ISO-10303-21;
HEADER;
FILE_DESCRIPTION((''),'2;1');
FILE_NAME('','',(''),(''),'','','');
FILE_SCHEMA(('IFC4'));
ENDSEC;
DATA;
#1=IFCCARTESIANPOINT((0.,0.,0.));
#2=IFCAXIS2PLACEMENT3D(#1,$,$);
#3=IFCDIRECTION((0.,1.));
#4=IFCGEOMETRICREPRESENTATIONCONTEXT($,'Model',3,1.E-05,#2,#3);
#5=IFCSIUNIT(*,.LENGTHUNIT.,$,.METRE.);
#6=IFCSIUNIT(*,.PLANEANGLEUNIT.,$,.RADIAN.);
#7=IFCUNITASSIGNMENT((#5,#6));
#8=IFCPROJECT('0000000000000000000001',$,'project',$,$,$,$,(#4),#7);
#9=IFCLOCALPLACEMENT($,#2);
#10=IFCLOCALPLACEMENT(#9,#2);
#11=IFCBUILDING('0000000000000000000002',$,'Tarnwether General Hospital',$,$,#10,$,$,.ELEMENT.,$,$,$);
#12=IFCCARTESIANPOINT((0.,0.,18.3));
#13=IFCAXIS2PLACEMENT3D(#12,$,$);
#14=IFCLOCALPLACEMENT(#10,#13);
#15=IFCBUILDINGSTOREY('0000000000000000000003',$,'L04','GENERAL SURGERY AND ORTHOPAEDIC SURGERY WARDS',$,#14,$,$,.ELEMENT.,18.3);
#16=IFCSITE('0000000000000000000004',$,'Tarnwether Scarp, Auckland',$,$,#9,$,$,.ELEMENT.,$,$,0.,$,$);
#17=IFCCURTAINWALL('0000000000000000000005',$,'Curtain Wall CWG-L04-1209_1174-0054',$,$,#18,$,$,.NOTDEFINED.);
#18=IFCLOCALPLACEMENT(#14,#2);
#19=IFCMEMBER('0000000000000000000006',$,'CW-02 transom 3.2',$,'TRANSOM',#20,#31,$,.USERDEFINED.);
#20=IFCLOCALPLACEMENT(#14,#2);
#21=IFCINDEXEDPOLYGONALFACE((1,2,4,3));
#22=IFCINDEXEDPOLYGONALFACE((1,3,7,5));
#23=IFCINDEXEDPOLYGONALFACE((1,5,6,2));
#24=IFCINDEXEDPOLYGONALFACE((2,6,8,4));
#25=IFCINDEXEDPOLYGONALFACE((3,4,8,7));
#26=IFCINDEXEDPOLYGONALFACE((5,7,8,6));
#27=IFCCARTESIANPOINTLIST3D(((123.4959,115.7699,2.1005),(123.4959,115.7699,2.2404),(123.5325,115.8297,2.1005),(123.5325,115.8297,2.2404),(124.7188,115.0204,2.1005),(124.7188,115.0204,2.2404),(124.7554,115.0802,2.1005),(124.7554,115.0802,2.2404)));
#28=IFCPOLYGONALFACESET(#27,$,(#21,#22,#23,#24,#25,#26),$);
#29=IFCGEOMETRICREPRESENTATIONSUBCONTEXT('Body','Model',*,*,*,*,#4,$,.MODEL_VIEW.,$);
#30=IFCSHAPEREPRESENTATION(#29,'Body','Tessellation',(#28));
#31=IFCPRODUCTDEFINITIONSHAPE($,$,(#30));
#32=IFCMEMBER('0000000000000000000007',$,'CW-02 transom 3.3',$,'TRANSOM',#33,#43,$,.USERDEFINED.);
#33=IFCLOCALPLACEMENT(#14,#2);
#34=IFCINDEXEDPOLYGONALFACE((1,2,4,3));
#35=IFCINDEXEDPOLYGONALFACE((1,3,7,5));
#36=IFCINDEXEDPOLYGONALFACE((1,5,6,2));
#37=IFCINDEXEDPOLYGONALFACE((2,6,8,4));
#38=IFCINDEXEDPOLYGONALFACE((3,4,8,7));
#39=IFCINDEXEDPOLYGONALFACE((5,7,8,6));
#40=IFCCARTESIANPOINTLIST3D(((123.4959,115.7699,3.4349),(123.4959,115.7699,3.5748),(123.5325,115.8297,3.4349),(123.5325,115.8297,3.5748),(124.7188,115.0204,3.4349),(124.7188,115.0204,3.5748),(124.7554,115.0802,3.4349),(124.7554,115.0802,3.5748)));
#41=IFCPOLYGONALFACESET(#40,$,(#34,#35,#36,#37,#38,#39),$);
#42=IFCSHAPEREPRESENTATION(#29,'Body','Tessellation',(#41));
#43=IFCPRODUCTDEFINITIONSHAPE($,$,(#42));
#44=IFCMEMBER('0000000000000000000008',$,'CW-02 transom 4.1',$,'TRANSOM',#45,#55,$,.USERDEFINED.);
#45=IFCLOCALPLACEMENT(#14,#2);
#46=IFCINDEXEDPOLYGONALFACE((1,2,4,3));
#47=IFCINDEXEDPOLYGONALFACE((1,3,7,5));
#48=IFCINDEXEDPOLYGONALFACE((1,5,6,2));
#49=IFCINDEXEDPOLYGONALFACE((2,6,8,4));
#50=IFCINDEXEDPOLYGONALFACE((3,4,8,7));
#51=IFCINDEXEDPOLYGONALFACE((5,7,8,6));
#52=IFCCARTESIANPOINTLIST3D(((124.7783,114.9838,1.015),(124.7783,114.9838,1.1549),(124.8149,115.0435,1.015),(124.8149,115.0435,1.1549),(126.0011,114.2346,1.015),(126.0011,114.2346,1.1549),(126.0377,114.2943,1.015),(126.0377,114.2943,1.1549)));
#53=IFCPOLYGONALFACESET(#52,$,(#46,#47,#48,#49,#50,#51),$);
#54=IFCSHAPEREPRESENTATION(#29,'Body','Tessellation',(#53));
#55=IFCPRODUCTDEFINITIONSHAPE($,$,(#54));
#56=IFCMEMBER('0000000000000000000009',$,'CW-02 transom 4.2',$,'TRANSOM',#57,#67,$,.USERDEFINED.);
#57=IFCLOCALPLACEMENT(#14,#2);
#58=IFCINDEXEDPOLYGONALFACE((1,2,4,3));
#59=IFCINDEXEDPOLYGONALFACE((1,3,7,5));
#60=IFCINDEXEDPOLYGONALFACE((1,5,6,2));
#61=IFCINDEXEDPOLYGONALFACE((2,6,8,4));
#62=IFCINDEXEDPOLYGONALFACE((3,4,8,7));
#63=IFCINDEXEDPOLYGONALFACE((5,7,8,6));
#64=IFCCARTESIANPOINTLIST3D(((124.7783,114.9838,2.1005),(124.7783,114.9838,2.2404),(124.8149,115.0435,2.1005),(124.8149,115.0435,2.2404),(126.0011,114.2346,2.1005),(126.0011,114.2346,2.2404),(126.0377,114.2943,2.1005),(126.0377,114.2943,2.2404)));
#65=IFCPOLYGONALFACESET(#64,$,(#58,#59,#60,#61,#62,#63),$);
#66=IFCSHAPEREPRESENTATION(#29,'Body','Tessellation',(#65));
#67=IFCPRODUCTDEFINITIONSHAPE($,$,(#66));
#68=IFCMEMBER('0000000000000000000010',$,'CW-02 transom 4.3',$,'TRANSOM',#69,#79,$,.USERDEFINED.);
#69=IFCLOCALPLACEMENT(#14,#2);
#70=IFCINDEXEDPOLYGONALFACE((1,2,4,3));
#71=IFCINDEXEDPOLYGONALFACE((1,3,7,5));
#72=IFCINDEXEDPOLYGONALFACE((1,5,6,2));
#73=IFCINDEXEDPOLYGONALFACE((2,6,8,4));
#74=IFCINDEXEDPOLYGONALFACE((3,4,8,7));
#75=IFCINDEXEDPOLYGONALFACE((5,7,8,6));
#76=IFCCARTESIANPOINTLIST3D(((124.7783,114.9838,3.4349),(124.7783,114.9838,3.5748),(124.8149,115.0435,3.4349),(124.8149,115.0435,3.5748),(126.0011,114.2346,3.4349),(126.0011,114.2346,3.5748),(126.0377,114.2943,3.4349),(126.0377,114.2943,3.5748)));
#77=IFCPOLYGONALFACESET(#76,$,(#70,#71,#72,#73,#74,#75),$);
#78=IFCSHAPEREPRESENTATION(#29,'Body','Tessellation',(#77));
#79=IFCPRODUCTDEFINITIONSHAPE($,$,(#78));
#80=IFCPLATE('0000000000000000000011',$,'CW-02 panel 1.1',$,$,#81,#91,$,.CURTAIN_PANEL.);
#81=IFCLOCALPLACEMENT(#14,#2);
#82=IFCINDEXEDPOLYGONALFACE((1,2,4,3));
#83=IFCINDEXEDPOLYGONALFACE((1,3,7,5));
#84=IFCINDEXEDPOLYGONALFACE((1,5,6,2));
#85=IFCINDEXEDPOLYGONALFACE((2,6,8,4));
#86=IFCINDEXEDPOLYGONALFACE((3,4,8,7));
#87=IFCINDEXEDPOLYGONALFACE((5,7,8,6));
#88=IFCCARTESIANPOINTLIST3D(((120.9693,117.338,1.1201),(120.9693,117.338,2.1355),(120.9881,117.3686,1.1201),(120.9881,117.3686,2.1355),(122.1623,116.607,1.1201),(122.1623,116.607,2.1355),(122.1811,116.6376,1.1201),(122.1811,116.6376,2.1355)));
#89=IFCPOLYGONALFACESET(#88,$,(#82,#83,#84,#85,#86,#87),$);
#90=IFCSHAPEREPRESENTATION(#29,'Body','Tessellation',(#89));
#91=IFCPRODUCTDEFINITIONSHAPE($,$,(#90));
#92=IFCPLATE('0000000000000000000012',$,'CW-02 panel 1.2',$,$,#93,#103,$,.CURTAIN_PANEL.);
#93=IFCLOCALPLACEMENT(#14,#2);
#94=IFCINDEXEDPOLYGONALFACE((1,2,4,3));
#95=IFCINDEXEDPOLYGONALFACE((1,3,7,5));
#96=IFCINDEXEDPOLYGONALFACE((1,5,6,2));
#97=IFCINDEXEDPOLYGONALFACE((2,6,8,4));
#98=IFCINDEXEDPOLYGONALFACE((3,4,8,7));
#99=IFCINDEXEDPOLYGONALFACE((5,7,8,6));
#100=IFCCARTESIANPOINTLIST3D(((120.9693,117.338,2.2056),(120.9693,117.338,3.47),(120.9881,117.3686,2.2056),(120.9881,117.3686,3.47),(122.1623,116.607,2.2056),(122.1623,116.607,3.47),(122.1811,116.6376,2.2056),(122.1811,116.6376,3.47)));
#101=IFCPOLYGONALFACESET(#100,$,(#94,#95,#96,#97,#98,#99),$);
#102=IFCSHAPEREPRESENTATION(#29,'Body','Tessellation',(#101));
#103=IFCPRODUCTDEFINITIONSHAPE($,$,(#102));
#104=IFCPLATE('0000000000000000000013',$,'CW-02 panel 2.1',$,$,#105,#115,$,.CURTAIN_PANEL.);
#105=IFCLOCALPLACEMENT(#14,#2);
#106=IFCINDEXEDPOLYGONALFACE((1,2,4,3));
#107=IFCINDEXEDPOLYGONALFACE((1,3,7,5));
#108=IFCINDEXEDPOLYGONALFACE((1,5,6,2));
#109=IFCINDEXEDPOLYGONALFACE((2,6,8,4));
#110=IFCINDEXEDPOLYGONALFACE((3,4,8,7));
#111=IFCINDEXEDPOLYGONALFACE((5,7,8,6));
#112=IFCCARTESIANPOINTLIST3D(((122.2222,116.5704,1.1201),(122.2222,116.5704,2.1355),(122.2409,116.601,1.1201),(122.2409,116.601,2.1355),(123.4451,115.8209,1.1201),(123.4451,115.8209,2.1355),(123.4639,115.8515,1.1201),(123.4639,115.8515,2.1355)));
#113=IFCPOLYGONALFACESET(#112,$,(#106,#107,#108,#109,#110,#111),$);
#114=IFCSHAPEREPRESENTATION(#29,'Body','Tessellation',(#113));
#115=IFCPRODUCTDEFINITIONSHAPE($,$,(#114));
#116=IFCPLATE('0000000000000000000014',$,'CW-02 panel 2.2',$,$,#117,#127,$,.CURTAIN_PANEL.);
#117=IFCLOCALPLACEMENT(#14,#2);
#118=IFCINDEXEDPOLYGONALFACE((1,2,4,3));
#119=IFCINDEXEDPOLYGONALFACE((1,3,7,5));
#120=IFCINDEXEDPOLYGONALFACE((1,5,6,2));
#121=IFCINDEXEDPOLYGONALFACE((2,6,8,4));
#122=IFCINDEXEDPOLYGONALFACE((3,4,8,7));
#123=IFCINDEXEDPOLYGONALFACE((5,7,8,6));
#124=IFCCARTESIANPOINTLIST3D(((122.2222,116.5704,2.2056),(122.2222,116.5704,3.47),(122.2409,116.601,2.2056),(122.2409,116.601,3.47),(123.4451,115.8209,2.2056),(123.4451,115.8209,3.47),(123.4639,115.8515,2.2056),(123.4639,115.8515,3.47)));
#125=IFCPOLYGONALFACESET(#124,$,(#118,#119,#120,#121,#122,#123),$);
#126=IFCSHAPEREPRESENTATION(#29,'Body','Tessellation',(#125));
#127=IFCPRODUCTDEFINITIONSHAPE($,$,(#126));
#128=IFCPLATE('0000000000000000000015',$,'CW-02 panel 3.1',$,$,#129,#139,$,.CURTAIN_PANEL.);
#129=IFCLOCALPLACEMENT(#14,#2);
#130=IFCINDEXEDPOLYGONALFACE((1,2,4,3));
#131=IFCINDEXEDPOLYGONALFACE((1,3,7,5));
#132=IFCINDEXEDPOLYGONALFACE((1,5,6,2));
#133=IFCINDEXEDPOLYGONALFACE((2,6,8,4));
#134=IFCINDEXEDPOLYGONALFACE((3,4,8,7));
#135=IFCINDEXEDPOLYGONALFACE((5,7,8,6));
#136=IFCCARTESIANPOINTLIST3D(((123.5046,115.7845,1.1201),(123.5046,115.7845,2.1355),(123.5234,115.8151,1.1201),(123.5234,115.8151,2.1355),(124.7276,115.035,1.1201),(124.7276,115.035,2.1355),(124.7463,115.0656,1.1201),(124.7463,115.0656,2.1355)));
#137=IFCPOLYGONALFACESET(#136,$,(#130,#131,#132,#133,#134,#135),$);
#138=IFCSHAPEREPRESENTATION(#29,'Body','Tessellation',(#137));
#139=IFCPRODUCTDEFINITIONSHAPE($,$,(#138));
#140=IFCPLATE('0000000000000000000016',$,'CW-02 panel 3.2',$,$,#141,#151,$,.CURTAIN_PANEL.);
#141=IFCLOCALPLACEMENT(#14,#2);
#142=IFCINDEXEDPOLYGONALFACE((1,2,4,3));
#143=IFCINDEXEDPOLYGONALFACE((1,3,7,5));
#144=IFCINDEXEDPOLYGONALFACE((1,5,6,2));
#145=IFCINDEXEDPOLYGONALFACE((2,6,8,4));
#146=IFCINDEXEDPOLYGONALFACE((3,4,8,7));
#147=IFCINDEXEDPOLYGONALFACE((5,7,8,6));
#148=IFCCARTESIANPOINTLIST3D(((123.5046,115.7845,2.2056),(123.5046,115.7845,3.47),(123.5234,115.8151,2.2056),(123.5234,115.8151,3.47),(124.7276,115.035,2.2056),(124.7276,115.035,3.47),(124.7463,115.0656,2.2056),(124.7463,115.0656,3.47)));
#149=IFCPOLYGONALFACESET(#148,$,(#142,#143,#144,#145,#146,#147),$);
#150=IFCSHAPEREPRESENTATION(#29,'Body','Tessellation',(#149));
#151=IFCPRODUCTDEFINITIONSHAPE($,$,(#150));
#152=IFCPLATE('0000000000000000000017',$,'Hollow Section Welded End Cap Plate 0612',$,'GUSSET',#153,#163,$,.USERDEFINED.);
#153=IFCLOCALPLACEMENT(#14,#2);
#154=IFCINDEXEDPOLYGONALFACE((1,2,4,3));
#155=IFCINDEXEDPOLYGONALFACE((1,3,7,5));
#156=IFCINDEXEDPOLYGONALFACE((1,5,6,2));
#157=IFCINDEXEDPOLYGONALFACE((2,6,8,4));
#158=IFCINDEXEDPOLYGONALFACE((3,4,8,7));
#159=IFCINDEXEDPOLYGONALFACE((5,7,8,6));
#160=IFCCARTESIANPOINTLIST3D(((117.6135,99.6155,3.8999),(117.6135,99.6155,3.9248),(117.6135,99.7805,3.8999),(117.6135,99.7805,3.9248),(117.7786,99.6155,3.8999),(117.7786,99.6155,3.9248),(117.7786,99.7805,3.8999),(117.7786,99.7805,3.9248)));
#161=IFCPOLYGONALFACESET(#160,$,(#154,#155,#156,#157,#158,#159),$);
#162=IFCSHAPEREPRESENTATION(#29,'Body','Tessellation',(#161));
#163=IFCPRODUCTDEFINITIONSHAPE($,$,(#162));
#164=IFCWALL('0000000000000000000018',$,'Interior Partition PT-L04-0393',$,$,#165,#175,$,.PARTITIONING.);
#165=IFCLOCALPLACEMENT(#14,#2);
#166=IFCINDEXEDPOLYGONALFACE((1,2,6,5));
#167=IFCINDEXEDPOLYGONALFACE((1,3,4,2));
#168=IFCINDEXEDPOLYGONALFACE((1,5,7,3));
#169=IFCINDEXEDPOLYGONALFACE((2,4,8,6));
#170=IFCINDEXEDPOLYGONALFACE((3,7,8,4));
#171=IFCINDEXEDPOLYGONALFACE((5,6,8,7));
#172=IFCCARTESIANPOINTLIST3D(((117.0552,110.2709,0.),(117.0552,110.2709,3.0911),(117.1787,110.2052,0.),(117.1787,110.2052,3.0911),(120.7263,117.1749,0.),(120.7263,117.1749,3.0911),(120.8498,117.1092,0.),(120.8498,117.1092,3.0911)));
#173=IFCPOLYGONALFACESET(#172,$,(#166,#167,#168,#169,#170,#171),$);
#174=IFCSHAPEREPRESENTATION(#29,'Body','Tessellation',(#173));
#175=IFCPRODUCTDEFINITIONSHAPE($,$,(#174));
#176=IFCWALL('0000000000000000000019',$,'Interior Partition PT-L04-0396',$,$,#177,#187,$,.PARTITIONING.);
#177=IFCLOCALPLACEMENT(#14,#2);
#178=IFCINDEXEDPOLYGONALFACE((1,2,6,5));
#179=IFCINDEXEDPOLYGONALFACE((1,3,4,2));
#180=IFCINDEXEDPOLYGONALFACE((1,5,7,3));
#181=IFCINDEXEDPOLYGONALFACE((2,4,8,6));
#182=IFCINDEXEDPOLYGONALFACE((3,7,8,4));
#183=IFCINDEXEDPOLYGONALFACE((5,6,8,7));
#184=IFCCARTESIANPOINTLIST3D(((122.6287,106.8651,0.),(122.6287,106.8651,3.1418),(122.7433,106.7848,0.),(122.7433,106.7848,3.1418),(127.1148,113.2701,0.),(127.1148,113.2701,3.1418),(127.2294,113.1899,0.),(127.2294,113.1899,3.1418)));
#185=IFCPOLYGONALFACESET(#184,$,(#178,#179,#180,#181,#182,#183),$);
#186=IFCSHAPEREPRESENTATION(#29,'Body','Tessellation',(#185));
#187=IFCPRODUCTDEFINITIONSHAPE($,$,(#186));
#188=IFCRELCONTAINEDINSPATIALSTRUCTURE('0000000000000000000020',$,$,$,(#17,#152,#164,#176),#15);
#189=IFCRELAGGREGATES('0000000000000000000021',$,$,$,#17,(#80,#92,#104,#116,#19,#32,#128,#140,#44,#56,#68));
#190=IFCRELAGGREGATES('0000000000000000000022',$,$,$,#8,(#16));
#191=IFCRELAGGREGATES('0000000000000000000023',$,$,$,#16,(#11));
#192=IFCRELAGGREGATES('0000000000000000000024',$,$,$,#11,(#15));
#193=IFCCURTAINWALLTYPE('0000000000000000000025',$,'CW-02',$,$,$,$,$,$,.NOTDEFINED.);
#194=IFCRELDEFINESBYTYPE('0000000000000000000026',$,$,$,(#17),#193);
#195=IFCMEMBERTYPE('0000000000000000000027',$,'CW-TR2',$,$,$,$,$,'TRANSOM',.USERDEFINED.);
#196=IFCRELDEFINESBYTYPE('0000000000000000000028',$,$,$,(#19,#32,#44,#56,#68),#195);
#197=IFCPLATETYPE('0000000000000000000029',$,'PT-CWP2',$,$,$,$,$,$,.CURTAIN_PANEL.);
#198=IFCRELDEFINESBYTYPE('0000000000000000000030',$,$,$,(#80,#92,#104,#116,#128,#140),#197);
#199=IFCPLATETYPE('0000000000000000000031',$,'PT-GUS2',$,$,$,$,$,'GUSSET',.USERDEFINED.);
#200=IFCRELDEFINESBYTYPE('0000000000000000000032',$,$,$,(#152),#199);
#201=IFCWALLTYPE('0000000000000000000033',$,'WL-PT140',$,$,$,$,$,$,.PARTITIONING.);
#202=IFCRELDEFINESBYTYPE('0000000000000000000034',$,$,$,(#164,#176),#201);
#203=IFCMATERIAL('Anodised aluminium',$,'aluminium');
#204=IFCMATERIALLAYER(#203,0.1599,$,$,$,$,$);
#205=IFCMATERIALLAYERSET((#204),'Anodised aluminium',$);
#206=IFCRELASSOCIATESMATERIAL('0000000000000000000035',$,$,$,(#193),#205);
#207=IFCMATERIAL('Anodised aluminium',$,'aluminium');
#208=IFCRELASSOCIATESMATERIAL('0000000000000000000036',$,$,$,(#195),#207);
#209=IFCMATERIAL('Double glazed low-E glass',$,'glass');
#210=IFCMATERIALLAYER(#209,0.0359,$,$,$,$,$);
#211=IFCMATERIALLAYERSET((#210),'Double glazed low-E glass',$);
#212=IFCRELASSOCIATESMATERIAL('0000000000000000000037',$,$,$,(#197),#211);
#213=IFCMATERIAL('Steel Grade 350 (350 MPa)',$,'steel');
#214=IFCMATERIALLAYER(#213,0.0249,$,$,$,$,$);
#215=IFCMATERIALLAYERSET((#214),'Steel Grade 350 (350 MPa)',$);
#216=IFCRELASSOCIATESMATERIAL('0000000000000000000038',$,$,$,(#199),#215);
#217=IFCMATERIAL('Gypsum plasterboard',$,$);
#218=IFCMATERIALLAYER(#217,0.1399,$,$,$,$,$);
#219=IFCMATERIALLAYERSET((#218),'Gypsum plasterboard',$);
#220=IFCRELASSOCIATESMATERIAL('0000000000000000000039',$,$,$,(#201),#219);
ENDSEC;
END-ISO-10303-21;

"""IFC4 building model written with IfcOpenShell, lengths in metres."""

from ifc_helpers import new_model, si_unit, direction, frame, frame_2d, origin, origin_2d, place, context, subcontext, project, spatial, rectangle, extrude, material, layer, layer_set, material_profile, profile_set, type_object, element, aggregate, save


model = new_model("IFC4")

# Units and contexts
model_context = context("Model", 3, precision=1e-05, world=origin(), true_north=direction((0.0, 1.0)))
body_context = subcontext(model_context, "Body", "Model", "MODEL_VIEW")
ifc_project = project(units=[si_unit("LENGTHUNIT", "METRE"), si_unit("PLANEANGLEUNIT", "RADIAN")], contexts=[model_context])

# Site, building, storey
site_placement = place(None, origin())
site = spatial("IfcSite", under=ifc_project, at=site_placement, Name="Tarnwether Scarp, Auckland", CompositionType="ELEMENT", RefElevation=0.0)
building_placement = place(site_placement, origin())
building = spatial("IfcBuilding", under=site, at=building_placement, Name="Tarnwether General Hospital", CompositionType="ELEMENT")
storey_placement = place(building_placement, frame((0.0, 0.0, 18.3)))
storey = spatial("IfcBuildingStorey", under=building, at=storey_placement, Name="L04", Description="GENERAL SURGERY AND ORTHOPAEDIC SURGERY WARDS", CompositionType="ELEMENT", Elevation=18.3)

# Curtain wall, members, plates
ifc_material_1 = material(Name="Anodised aluminium", Category="aluminium")
ifc_layer_1 = layer(ifc_material_1, 0.1599)
ifc_layer_set_1 = layer_set([ifc_layer_1], Name="Anodised aluminium")
curtain_wall_type = type_object("IfcCurtainWallType", Name="CW-02", PredefinedType="NOTDEFINED", material=ifc_layer_set_1)
curtain_wall_placement = place(storey_placement, origin())
curtain_wall = element("IfcCurtainWall", 1, at=curtain_wall_placement, inside=storey, type_object=curtain_wall_type, Name="Curtain Wall CWG-L04-1209_1174-0054", PredefinedType="NOTDEFINED")
ifc_material_2 = material(Name="Anodised aluminium", Category="aluminium")
ifc_material_profile_1 = material_profile(ifc_material_2, rectangle(XDim=0.0701, YDim=0.1399, at=origin_2d()), Name="ALU-TRN-70x140")
ifc_profile_set_1 = profile_set([ifc_material_profile_1], Name="Anodised aluminium")
member_type_1 = type_object("IfcMemberType", Name="CW-TR2", ElementType="TRANSOM", PredefinedType="USERDEFINED", material=ifc_profile_set_1)
member_1_placement = place(storey_placement, frame((123.5142, 115.7998, 2.1704), z_axis=(0.852604, -0.522558, 0.0), x_axis=(0.522558, 0.852604, 0.0)))
member_1 = element("IfcMember", 2, at=member_1_placement, type_object=member_type_1, Name="CW-02 transom 3.2", ObjectType="TRANSOM", PredefinedType="USERDEFINED", context=body_context, shape_type="SweptSolid", body=[
    extrude(rectangle(XDim=0.0701, YDim=0.1399, at=origin_2d()), origin(), (0.0, 0.0, 1.0), 1.4343),
])
member_2_placement = place(storey_placement, frame((123.5142, 115.7998, 3.5049), z_axis=(0.852604, -0.522558, 0.0), x_axis=(0.522558, 0.852604, 0.0)))
member_2 = element("IfcMember", 3, at=member_2_placement, type_object=member_type_1, Name="CW-02 transom 3.3", ObjectType="TRANSOM", PredefinedType="USERDEFINED", context=body_context, shape_type="SweptSolid", body=[
    extrude(rectangle(XDim=0.0701, YDim=0.1399, at=origin_2d()), origin(), (0.0, 0.0, 1.0), 1.4343),
])
member_3_placement = place(storey_placement, frame((124.7966, 115.0137, 1.085), z_axis=(0.85268, -0.522434, 0.0), x_axis=(0.522434, 0.85268, 0.0)))
member_3 = element("IfcMember", 4, at=member_3_placement, type_object=member_type_1, Name="CW-02 transom 4.1", ObjectType="TRANSOM", PredefinedType="USERDEFINED", context=body_context, shape_type="SweptSolid", body=[
    extrude(rectangle(XDim=0.0701, YDim=0.1399, at=origin_2d()), origin(), (0.0, 0.0, 1.0), 1.4341),
])
member_4_placement = place(storey_placement, frame((124.7966, 115.0137, 2.1704), z_axis=(0.85268, -0.522434, 0.0), x_axis=(0.522434, 0.85268, 0.0)))
member_4 = element("IfcMember", 5, at=member_4_placement, type_object=member_type_1, Name="CW-02 transom 4.2", ObjectType="TRANSOM", PredefinedType="USERDEFINED", context=body_context, shape_type="SweptSolid", body=[
    extrude(rectangle(XDim=0.0701, YDim=0.1399, at=origin_2d()), origin(), (0.0, 0.0, 1.0), 1.4341),
])
member_5_placement = place(storey_placement, frame((124.7966, 115.0137, 3.5049), z_axis=(0.85268, -0.522434, 0.0), x_axis=(0.522434, 0.85268, 0.0)))
member_5 = element("IfcMember", 6, at=member_5_placement, type_object=member_type_1, Name="CW-02 transom 4.3", ObjectType="TRANSOM", PredefinedType="USERDEFINED", context=body_context, shape_type="SweptSolid", body=[
    extrude(rectangle(XDim=0.0701, YDim=0.1399, at=origin_2d()), origin(), (0.0, 0.0, 1.0), 1.4341),
])
ifc_material_3 = material(Name="Double glazed low-E glass", Category="glass")
ifc_layer_2 = layer(ifc_material_3, 0.0359)
ifc_layer_set_2 = layer_set([ifc_layer_2], Name="Double glazed low-E glass")
plate_type_1 = type_object("IfcPlateType", Name="PT-CWP2", PredefinedType="CURTAIN_PANEL", material=ifc_layer_set_2)
plate_1_placement = place(storey_placement, frame((121.5752, 116.9878, 1.1201), z_axis=(0.0, 0.0, 1.0), x_axis=(0.852634, -0.522509, 0.0)))
plate_1 = element("IfcPlate", 7, at=plate_1_placement, type_object=plate_type_1, Name="CW-02 panel 1.1", PredefinedType="CURTAIN_PANEL", context=body_context, shape_type="SweptSolid", body=[
    extrude(rectangle(XDim=1.3992, YDim=0.0359, at=origin_2d()), origin(), (0.0, 0.0, 1.0), 1.0154),
])
plate_2_placement = place(storey_placement, frame((121.5752, 116.9878, 2.2056), z_axis=(0.0, 0.0, 1.0), x_axis=(0.852634, -0.522509, 0.0)))
plate_2 = element("IfcPlate", 8, at=plate_2_placement, type_object=plate_type_1, Name="CW-02 panel 1.2", PredefinedType="CURTAIN_PANEL", context=body_context, shape_type="SweptSolid", body=[
    extrude(rectangle(XDim=1.3992, YDim=0.0359, at=origin_2d()), origin(), (0.0, 0.0, 1.0), 1.2644),
])
plate_3_placement = place(storey_placement, frame((122.843, 116.2109, 1.1201), z_axis=(0.0, 0.0, 1.0), x_axis=(0.852634, -0.522509, 0.0)))
plate_3 = element("IfcPlate", 9, at=plate_3_placement, type_object=plate_type_1, Name="CW-02 panel 2.1", PredefinedType="CURTAIN_PANEL", context=body_context, shape_type="SweptSolid", body=[
    extrude(rectangle(XDim=1.4343, YDim=0.0359, at=origin_2d()), origin(), (0.0, 0.0, 1.0), 1.0154),
])
plate_4_placement = place(storey_placement, frame((122.843, 116.2109, 2.2056), z_axis=(0.0, 0.0, 1.0), x_axis=(0.852634, -0.522509, 0.0)))
plate_4 = element("IfcPlate", 10, at=plate_4_placement, type_object=plate_type_1, Name="CW-02 panel 2.2", PredefinedType="CURTAIN_PANEL", context=body_context, shape_type="SweptSolid", body=[
    extrude(rectangle(XDim=1.4343, YDim=0.0359, at=origin_2d()), origin(), (0.0, 0.0, 1.0), 1.2644),
])
plate_5_placement = place(storey_placement, frame((124.1255, 115.425, 1.1201), z_axis=(0.0, 0.0, 1.0), x_axis=(0.852634, -0.522509, 0.0)))
plate_5 = element("IfcPlate", 11, at=plate_5_placement, type_object=plate_type_1, Name="CW-02 panel 3.1", PredefinedType="CURTAIN_PANEL", context=body_context, shape_type="SweptSolid", body=[
    extrude(rectangle(XDim=1.4343, YDim=0.0359, at=origin_2d()), origin(), (0.0, 0.0, 1.0), 1.0154),
])
plate_6_placement = place(storey_placement, frame((124.1255, 115.425, 2.2056), z_axis=(0.0, 0.0, 1.0), x_axis=(0.852634, -0.522509, 0.0)))
plate_6 = element("IfcPlate", 12, at=plate_6_placement, type_object=plate_type_1, Name="CW-02 panel 3.2", PredefinedType="CURTAIN_PANEL", context=body_context, shape_type="SweptSolid", body=[
    extrude(rectangle(XDim=1.4343, YDim=0.0359, at=origin_2d()), origin(), (0.0, 0.0, 1.0), 1.2644),
])
aggregate(curtain_wall, [plate_1, plate_2, plate_3, plate_4, member_1, member_2, plate_5, plate_6, member_3, member_4, member_5])

# Plate
ifc_material_4 = material(Name="Steel Grade 350 (350 MPa)", Category="steel")
ifc_layer_3 = layer(ifc_material_4, 0.0249)
ifc_layer_set_3 = layer_set([ifc_layer_3], Name="Steel Grade 350 (350 MPa)")
plate_type_2 = type_object("IfcPlateType", Name="PT-GUS2", ElementType="GUSSET", PredefinedType="USERDEFINED", material=ifc_layer_set_3)
plate_7_placement = place(storey_placement, frame((117.696, 99.698, 3.8999), z_axis=(0.0, 0.0, 1.0), x_axis=(1.0, 0.0, 0.0)))
element("IfcPlate", 13, at=plate_7_placement, inside=storey, type_object=plate_type_2, Name="Hollow Section Welded End Cap Plate 0612", ObjectType="GUSSET", PredefinedType="USERDEFINED", context=body_context, shape_type="SweptSolid", body=[
    extrude(rectangle(XDim=0.165, YDim=0.165, at=origin_2d()), origin(), (0.0, 0.0, 1.0), 0.0249),
])

# Walls
ifc_material_5 = material(Name="Gypsum plasterboard")
ifc_layer_4 = layer(ifc_material_5, 0.1399)
ifc_layer_set_4 = layer_set([ifc_layer_4], Name="Gypsum plasterboard")
wall_type_1 = type_object("IfcWallType", Name="WL-PT140", PredefinedType="PARTITIONING", material=ifc_layer_set_4)
wall_1_placement = place(storey_placement, frame((117.1169, 110.238, 0.0), z_axis=(0.0, 0.0, 1.0), x_axis=(0.469491, 0.882937, 0.0)))
element("IfcWall", 14, at=wall_1_placement, inside=storey, type_object=wall_type_1, Name="Interior Partition PT-L04-0393", PredefinedType="PARTITIONING", context=body_context, shape_type="SweptSolid", body=[
    extrude(rectangle(XDim=7.8193, YDim=0.1399, at=frame_2d((3.9097, 0.0))), origin(), (0.0, 0.0, 1.0), 3.0911),
])
wall_2_placement = place(storey_placement, frame((122.686, 106.825, 0.0), z_axis=(0.0, 0.0, 1.0), x_axis=(0.573682, 0.819078, 0.0)))
element("IfcWall", 15, at=wall_2_placement, inside=storey, type_object=wall_type_1, Name="Interior Partition PT-L04-0396", PredefinedType="PARTITIONING", context=body_context, shape_type="SweptSolid", body=[
    extrude(rectangle(XDim=7.8198, YDim=0.1399, at=frame_2d((3.9099, 0.0))), origin(), (0.0, 0.0, 1.0), 3.1418),
])

save(model, "model.ifc")
